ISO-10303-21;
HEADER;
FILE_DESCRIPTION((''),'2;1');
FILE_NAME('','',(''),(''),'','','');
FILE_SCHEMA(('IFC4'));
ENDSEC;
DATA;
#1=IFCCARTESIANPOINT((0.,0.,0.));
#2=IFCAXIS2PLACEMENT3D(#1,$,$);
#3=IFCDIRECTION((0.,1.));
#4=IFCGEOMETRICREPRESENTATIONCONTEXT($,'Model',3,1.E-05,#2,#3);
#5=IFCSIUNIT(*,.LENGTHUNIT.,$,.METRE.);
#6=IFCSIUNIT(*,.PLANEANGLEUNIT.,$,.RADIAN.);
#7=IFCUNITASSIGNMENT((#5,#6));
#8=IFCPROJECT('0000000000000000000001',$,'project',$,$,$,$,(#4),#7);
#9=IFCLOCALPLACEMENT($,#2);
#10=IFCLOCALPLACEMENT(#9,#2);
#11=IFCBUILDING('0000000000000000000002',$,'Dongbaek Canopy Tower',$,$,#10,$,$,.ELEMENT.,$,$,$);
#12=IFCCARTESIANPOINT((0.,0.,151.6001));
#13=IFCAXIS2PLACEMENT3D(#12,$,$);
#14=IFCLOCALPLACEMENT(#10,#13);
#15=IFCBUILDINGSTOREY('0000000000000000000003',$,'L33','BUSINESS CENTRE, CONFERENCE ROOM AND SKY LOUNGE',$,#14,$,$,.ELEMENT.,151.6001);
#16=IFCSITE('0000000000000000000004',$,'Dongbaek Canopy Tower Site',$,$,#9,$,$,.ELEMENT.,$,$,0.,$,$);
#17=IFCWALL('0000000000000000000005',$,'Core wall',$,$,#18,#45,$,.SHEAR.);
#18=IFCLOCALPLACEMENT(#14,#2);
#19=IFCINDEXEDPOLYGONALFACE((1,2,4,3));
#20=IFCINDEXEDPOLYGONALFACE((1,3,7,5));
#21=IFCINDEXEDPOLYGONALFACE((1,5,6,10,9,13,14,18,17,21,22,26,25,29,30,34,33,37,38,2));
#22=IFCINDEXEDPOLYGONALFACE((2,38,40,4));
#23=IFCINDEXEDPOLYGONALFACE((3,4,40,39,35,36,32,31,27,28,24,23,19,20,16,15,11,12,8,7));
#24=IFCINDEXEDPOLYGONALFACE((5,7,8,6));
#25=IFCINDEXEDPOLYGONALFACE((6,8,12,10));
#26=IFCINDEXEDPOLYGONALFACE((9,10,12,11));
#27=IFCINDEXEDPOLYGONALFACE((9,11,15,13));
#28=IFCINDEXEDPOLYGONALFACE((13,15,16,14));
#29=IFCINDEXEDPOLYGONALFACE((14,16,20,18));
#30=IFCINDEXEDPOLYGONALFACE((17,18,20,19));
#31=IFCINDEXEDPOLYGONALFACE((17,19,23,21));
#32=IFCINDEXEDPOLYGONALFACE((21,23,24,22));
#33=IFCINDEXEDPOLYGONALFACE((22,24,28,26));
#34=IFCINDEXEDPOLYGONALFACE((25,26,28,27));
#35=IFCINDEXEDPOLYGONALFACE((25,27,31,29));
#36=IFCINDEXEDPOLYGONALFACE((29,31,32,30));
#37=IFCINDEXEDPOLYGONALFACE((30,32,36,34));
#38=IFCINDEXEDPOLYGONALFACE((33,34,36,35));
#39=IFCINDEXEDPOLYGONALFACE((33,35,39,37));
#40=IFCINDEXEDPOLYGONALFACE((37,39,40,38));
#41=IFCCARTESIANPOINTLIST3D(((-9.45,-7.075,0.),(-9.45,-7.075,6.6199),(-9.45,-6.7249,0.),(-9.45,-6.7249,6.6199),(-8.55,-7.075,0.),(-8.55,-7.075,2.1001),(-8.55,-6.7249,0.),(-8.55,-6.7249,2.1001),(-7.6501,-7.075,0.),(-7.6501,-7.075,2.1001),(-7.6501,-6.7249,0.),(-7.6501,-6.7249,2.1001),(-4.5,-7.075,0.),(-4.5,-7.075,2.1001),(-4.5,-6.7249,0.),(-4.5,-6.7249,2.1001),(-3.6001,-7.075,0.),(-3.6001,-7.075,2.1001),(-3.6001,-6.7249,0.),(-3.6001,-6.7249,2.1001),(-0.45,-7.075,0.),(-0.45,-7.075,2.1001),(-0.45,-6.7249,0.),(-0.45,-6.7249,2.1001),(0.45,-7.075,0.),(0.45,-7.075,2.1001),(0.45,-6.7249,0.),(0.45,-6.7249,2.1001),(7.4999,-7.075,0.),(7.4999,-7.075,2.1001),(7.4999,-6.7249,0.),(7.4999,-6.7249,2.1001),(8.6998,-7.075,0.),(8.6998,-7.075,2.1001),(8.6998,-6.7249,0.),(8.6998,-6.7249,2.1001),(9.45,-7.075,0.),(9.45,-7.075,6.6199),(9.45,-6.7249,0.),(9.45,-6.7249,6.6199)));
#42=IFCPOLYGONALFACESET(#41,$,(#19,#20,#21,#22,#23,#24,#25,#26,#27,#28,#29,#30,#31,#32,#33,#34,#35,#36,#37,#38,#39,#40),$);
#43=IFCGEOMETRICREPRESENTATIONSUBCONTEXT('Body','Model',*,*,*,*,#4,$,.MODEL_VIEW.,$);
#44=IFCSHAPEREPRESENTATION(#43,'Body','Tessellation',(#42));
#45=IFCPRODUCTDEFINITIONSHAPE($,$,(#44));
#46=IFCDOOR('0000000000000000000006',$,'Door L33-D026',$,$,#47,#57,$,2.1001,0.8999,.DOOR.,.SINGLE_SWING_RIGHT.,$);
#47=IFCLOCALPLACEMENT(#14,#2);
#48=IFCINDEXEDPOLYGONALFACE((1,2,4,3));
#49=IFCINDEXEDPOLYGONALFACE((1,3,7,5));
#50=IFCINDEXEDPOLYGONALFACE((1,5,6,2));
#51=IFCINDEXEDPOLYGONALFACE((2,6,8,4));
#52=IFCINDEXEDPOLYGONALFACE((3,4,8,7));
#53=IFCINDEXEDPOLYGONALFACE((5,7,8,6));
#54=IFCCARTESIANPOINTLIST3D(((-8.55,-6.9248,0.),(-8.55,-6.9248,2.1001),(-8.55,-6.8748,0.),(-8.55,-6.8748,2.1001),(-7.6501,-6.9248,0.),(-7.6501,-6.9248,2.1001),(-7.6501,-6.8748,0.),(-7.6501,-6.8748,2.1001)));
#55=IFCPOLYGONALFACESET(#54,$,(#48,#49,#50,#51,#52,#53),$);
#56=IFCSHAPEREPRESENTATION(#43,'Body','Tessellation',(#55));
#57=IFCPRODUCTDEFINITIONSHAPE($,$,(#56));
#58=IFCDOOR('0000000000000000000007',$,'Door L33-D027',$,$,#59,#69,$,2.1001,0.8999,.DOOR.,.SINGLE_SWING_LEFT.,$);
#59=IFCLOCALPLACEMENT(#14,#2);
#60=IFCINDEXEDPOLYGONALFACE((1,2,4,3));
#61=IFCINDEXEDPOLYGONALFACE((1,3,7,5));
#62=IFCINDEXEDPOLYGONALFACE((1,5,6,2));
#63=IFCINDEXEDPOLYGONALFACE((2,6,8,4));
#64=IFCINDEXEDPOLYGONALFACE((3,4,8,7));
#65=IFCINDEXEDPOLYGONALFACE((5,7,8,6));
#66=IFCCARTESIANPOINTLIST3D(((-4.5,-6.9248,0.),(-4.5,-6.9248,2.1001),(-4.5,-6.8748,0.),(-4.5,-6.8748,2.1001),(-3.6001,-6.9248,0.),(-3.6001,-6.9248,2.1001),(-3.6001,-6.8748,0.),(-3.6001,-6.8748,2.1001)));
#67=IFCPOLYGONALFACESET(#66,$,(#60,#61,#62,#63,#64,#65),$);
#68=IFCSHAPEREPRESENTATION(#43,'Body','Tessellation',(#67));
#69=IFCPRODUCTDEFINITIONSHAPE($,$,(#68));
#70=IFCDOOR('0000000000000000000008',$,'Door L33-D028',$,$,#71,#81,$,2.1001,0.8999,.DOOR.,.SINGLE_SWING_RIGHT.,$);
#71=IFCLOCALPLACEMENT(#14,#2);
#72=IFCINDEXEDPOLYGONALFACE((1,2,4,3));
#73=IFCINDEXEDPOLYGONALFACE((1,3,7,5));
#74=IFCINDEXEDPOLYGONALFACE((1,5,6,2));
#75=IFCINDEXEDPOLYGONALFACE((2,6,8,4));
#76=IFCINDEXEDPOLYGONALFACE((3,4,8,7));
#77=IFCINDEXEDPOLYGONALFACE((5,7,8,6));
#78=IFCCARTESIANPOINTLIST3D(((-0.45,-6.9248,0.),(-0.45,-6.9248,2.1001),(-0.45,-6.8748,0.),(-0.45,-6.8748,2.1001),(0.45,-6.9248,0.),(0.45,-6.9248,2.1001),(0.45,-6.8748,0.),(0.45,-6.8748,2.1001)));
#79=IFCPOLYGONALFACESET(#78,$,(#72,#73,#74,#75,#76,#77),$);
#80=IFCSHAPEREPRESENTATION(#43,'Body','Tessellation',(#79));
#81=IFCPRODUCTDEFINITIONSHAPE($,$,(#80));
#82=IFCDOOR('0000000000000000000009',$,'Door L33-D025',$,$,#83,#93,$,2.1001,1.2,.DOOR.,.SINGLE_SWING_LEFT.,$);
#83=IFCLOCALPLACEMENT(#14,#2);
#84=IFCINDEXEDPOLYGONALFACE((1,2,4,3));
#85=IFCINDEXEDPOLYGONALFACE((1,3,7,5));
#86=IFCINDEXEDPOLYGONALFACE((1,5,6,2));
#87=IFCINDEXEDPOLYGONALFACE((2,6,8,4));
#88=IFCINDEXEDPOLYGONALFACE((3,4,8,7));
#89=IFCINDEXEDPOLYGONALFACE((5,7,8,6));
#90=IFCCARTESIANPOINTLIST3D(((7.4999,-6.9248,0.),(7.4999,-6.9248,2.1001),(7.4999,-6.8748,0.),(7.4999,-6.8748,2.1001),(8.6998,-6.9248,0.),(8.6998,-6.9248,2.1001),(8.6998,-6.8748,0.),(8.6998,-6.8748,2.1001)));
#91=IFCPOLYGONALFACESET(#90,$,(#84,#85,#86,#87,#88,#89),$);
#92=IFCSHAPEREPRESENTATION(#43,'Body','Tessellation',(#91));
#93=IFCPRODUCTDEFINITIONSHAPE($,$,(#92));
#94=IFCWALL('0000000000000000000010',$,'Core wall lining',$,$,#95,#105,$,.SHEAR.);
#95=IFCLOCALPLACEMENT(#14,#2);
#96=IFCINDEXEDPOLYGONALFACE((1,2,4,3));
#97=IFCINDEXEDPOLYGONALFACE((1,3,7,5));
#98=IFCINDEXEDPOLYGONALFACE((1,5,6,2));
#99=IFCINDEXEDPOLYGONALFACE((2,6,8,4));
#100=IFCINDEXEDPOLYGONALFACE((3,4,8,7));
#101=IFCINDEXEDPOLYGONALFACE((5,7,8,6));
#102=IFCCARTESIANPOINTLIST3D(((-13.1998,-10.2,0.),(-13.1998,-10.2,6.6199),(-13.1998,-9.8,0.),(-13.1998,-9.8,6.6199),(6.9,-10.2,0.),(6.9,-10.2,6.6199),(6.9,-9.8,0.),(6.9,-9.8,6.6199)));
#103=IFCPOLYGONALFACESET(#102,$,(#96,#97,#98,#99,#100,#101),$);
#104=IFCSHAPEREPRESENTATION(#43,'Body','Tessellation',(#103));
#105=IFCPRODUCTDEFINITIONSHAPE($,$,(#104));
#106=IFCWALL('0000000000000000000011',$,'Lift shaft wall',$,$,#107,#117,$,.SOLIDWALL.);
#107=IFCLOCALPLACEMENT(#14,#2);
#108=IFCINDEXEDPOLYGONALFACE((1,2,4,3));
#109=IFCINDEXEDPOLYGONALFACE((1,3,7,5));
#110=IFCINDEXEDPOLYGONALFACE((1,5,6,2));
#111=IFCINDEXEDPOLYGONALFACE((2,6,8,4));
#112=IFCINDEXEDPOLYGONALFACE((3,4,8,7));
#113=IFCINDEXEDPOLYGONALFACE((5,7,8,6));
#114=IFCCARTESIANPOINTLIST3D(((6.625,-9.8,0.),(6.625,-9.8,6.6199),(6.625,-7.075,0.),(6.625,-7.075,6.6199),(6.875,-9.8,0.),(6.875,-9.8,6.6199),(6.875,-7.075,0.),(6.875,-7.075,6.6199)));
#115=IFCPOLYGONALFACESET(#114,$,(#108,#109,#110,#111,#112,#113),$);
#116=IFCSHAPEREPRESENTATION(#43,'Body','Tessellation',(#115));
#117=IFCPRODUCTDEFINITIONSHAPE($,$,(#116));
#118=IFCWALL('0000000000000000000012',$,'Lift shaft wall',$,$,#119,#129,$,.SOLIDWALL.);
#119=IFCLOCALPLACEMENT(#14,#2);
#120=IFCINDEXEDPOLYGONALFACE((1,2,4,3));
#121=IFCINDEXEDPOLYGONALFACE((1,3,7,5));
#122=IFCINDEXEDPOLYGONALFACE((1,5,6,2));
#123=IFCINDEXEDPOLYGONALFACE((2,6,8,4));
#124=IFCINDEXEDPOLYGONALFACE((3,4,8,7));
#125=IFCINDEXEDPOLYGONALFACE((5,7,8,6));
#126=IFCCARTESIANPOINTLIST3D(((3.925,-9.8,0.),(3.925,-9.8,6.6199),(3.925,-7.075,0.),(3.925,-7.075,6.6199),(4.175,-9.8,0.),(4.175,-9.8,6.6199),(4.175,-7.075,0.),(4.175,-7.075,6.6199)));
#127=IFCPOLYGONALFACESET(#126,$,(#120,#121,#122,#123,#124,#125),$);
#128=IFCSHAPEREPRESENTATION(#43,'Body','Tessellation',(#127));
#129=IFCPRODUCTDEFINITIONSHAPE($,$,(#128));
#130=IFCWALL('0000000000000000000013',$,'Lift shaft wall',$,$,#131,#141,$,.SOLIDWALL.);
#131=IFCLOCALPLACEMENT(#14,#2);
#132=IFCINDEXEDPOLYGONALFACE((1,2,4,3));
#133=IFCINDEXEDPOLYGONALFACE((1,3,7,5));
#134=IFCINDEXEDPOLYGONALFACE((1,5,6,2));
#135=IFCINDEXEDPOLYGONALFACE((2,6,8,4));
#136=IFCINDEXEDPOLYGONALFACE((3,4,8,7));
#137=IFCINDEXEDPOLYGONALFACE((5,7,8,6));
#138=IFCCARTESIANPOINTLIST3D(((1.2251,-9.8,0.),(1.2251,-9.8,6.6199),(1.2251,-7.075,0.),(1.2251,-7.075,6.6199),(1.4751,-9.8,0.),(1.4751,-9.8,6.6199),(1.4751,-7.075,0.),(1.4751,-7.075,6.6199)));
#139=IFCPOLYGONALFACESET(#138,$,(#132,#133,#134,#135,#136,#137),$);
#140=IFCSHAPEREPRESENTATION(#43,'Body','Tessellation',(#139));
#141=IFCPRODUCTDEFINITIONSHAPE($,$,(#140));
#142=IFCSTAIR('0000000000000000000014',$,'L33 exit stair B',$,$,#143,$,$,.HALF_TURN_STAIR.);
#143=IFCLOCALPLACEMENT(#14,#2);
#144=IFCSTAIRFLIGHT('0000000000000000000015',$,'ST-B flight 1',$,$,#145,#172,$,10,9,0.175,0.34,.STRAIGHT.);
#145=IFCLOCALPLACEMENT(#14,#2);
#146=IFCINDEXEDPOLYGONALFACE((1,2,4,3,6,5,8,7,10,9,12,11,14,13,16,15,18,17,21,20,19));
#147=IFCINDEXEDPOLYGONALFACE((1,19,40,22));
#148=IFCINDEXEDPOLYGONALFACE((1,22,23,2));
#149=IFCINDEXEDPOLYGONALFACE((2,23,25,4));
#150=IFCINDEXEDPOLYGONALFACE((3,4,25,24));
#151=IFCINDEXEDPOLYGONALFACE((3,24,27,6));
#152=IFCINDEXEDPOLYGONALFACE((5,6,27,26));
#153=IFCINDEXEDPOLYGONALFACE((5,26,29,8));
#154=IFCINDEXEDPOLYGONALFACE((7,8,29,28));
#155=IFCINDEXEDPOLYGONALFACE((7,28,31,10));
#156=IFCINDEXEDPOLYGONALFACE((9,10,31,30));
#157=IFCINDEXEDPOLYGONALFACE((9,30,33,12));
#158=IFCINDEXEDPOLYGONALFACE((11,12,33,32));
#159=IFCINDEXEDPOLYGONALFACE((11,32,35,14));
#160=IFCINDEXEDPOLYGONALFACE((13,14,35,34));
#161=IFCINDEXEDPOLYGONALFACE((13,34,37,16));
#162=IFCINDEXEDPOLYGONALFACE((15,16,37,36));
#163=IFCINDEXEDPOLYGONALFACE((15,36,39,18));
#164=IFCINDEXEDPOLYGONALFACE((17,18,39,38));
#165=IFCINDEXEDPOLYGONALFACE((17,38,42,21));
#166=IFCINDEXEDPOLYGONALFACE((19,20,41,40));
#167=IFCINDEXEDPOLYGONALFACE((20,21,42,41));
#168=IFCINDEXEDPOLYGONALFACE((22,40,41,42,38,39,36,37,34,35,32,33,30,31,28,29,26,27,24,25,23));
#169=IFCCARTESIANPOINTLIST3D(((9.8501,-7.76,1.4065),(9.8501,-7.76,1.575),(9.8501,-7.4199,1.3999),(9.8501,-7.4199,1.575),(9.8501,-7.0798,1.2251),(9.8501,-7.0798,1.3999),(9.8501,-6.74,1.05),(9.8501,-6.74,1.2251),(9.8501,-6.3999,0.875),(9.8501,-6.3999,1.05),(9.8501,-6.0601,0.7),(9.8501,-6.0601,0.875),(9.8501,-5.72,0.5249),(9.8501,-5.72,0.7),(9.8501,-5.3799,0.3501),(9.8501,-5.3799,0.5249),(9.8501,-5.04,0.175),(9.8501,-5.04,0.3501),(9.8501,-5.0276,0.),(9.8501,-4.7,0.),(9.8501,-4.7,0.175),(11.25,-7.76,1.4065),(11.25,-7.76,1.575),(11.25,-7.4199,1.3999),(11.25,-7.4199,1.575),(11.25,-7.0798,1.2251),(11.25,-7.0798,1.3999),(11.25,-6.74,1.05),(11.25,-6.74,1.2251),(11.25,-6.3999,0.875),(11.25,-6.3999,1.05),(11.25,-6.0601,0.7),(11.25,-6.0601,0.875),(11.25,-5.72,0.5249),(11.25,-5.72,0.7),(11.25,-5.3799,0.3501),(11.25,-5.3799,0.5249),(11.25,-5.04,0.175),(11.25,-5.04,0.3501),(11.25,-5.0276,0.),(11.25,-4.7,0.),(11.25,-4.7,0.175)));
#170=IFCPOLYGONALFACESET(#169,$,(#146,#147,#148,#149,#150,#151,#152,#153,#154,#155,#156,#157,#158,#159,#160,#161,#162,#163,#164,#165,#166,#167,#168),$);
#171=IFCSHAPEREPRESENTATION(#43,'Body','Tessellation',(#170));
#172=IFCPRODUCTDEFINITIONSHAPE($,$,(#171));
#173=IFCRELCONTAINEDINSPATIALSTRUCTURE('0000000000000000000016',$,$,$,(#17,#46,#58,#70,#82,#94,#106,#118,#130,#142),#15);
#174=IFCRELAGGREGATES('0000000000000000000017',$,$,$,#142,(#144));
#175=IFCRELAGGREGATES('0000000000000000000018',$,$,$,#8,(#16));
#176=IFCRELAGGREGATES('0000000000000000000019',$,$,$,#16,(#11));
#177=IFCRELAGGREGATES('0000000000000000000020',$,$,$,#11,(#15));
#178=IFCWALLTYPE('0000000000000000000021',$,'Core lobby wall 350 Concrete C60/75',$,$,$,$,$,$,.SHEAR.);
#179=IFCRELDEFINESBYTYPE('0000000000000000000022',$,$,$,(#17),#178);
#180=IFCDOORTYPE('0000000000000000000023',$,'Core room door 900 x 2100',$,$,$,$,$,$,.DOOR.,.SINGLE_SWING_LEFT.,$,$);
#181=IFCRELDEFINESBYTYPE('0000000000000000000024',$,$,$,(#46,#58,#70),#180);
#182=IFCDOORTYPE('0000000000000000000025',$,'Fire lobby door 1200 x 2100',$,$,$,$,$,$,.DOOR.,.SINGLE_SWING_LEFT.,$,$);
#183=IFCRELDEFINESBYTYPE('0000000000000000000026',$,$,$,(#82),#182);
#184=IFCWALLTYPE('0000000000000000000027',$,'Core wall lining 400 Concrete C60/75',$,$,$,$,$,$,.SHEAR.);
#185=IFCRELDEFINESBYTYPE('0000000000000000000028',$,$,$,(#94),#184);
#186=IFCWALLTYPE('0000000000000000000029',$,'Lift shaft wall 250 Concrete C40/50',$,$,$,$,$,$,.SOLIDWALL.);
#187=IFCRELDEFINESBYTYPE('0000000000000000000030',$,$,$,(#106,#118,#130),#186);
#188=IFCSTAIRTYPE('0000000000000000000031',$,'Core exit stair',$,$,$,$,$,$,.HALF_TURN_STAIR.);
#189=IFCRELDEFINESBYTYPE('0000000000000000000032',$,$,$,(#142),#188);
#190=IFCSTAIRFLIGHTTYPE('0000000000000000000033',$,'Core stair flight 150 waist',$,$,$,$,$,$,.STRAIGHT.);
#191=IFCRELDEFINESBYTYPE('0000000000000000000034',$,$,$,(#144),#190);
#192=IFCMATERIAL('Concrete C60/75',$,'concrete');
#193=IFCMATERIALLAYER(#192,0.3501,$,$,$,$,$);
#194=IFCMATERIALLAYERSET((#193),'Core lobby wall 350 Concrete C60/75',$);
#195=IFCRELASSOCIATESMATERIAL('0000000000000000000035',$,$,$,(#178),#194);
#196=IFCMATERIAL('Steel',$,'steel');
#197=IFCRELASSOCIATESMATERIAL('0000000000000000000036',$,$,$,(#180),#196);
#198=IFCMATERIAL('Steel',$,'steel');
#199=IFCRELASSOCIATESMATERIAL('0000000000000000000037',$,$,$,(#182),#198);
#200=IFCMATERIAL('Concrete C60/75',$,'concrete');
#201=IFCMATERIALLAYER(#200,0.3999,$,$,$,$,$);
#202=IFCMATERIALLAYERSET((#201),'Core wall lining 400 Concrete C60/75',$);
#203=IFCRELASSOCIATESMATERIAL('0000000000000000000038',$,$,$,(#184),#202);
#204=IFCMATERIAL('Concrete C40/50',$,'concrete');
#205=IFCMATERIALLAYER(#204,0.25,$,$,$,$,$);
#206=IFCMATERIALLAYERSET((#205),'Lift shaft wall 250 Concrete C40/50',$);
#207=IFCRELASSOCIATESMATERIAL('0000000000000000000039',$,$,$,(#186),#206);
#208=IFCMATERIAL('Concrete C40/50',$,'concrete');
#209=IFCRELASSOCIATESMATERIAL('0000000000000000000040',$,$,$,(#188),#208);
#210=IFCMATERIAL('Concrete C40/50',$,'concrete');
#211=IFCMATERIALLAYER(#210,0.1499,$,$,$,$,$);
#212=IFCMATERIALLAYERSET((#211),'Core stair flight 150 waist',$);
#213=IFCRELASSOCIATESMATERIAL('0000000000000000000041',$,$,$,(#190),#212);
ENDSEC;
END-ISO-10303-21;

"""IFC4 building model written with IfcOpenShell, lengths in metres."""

from ifc_helpers import new_model, si_unit, direction, frame, frame_2d, origin, place, context, subcontext, project, spatial, polyline, rectangle, outline, extrude, material, layer, layer_set, type_object, element, fill, aggregate, save


model = new_model("IFC4")

# Units and contexts
model_context = context("Model", 3, precision=1e-05, world=origin(), true_north=direction((0.0, 1.0)))
body_context = subcontext(model_context, "Body", "Model", "MODEL_VIEW")
ifc_project = project(units=[si_unit("LENGTHUNIT", "METRE"), si_unit("PLANEANGLEUNIT", "RADIAN")], contexts=[model_context])

# Site, building, storey
site_placement = place(None, origin())
site = spatial("IfcSite", under=ifc_project, at=site_placement, Name="Dongbaek Canopy Tower Site", CompositionType="ELEMENT", RefElevation=0.0)
building_placement = place(site_placement, origin())
building = spatial("IfcBuilding", under=site, at=building_placement, Name="Dongbaek Canopy Tower", CompositionType="ELEMENT")
storey_placement = place(building_placement, frame((0.0, 0.0, 151.6001)))
storey = spatial("IfcBuildingStorey", under=building, at=storey_placement, Name="L33", Description="BUSINESS CENTRE, CONFERENCE ROOM AND SKY LOUNGE", CompositionType="ELEMENT", Elevation=151.6001)

# Wall, openings, doors
ifc_material_1 = material(Name="Concrete C60/75", Category="concrete")
ifc_layer_1 = layer(ifc_material_1, 0.3501)
ifc_layer_set_1 = layer_set([ifc_layer_1], Name="Core lobby wall 350 Concrete C60/75")
wall_type_1 = type_object("IfcWallType", Name="Core lobby wall 350 Concrete C60/75", PredefinedType="SHEAR", material=ifc_layer_set_1)
wall_1_placement = place(storey_placement, frame((9.45, -6.8999, 0.0), z_axis=(0.0, 0.0, 1.0), x_axis=(-1.0, 0.0, 0.0)))
wall_1 = element("IfcWall", 1, at=wall_1_placement, inside=storey, type_object=wall_type_1, Name="Core wall", PredefinedType="SHEAR", context=body_context, shape_type="SweptSolid", body=[
    extrude(rectangle(XDim=18.8999, YDim=0.3501, at=frame_2d((9.45, 0.0))), origin(), (0.0, 0.0, 1.0), 6.6199),
])
opening_1_placement = place(wall_1_placement, frame((0.75, 0.0, 0.0)))
opening_1 = element("IfcOpeningElement", 2, at=opening_1_placement, cuts=wall_1, PredefinedType="OPENING", context=body_context, shape_type="SweptSolid", body=[
    extrude(rectangle(XDim=1.2, YDim=2.1001, at=frame_2d((0.6001, 1.05))), frame((0.0, 0.1851, 0.0), z_axis=(0.0, -1.0, 0.0), x_axis=(1.0, 0.0, 0.0)), (0.0, 0.0, 1.0), 0.3701),
])
opening_2_placement = place(wall_1_placement, frame((17.1001, 0.0, 0.0)))
opening_2 = element("IfcOpeningElement", 3, at=opening_2_placement, cuts=wall_1, PredefinedType="OPENING", context=body_context, shape_type="SweptSolid", body=[
    extrude(rectangle(XDim=0.8999, YDim=2.1001, at=frame_2d((0.45, 1.05))), frame((0.0, 0.1851, 0.0), z_axis=(0.0, -1.0, 0.0), x_axis=(1.0, 0.0, 0.0)), (0.0, 0.0, 1.0), 0.3701),
])
opening_3_placement = place(wall_1_placement, frame((13.05, 0.0, 0.0)))
opening_3 = element("IfcOpeningElement", 4, at=opening_3_placement, cuts=wall_1, PredefinedType="OPENING", context=body_context, shape_type="SweptSolid", body=[
    extrude(rectangle(XDim=0.8999, YDim=2.1001, at=frame_2d((0.45, 1.05))), frame((0.0, 0.1851, 0.0), z_axis=(0.0, -1.0, 0.0), x_axis=(1.0, 0.0, 0.0)), (0.0, 0.0, 1.0), 0.3701),
])
opening_4_placement = place(wall_1_placement, frame((9.0, 0.0, 0.0)))
opening_4 = element("IfcOpeningElement", 5, at=opening_4_placement, cuts=wall_1, PredefinedType="OPENING", context=body_context, shape_type="SweptSolid", body=[
    extrude(rectangle(XDim=0.8999, YDim=2.1001, at=frame_2d((0.45, 1.05))), frame((0.0, 0.1851, 0.0), z_axis=(0.0, -1.0, 0.0), x_axis=(1.0, 0.0, 0.0)), (0.0, 0.0, 1.0), 0.3701),
])
ifc_material_2 = material(Name="Steel", Category="steel")
door_type_1 = type_object("IfcDoorType", Name="Core room door 900 x 2100", OperationType="SINGLE_SWING_LEFT", PredefinedType="DOOR", material=ifc_material_2)
door_1_placement = place(opening_2_placement, origin())
door_1 = element("IfcDoor", 6, at=door_1_placement, inside=storey, type_object=door_type_1, Name="Door L33-D026", OperationType="SINGLE_SWING_RIGHT", OverallHeight=2.1001, OverallWidth=0.8999, PredefinedType="DOOR", context=body_context, shape_type="SweptSolid", body=[
    extrude(rectangle(XDim=0.8999, YDim=2.1001, at=frame_2d((0.45, 1.05))), frame((0.0, 0.0249, 0.0), z_axis=(0.0, -1.0, 0.0), x_axis=(1.0, 0.0, 0.0)), (0.0, 0.0, 1.0), 0.05),
])
fill(opening_2, door_1)
door_2_placement = place(opening_3_placement, origin())
door_2 = element("IfcDoor", 7, at=door_2_placement, inside=storey, type_object=door_type_1, Name="Door L33-D027", OperationType="SINGLE_SWING_LEFT", OverallHeight=2.1001, OverallWidth=0.8999, PredefinedType="DOOR", context=body_context, shape_type="SweptSolid", body=[
    extrude(rectangle(XDim=0.8999, YDim=2.1001, at=frame_2d((0.45, 1.05))), frame((0.0, 0.0249, 0.0), z_axis=(0.0, -1.0, 0.0), x_axis=(1.0, 0.0, 0.0)), (0.0, 0.0, 1.0), 0.05),
])
fill(opening_3, door_2)
door_3_placement = place(opening_4_placement, origin())
door_3 = element("IfcDoor", 8, at=door_3_placement, inside=storey, type_object=door_type_1, Name="Door L33-D028", OperationType="SINGLE_SWING_RIGHT", OverallHeight=2.1001, OverallWidth=0.8999, PredefinedType="DOOR", context=body_context, shape_type="SweptSolid", body=[
    extrude(rectangle(XDim=0.8999, YDim=2.1001, at=frame_2d((0.45, 1.05))), frame((0.0, 0.0249, 0.0), z_axis=(0.0, -1.0, 0.0), x_axis=(1.0, 0.0, 0.0)), (0.0, 0.0, 1.0), 0.05),
])
fill(opening_4, door_3)
ifc_material_3 = material(Name="Steel", Category="steel")
door_type_2 = type_object("IfcDoorType", Name="Fire lobby door 1200 x 2100", OperationType="SINGLE_SWING_LEFT", PredefinedType="DOOR", material=ifc_material_3)
door_4_placement = place(opening_1_placement, origin())
door_4 = element("IfcDoor", 9, at=door_4_placement, inside=storey, type_object=door_type_2, Name="Door L33-D025", OperationType="SINGLE_SWING_LEFT", OverallHeight=2.1001, OverallWidth=1.2, PredefinedType="DOOR", context=body_context, shape_type="SweptSolid", body=[
    extrude(rectangle(XDim=1.2, YDim=2.1001, at=frame_2d((0.6001, 1.05))), frame((0.0, 0.0249, 0.0), z_axis=(0.0, -1.0, 0.0), x_axis=(1.0, 0.0, 0.0)), (0.0, 0.0, 1.0), 0.05),
])
fill(opening_1, door_4)

# Walls
ifc_material_4 = material(Name="Concrete C60/75", Category="concrete")
ifc_layer_2 = layer(ifc_material_4, 0.3999)
ifc_layer_set_2 = layer_set([ifc_layer_2], Name="Core wall lining 400 Concrete C60/75")
wall_type_2 = type_object("IfcWallType", Name="Core wall lining 400 Concrete C60/75", PredefinedType="SHEAR", material=ifc_layer_set_2)
wall_2_placement = place(storey_placement, frame((6.8999, -10.0, 0.0), z_axis=(0.0, 0.0, 1.0), x_axis=(-1.0, 0.0, 0.0)))
element("IfcWall", 10, at=wall_2_placement, inside=storey, type_object=wall_type_2, Name="Core wall lining", PredefinedType="SHEAR", context=body_context, shape_type="SweptSolid", body=[
    extrude(rectangle(XDim=20.0999, YDim=0.3999, at=frame_2d((10.0498, 0.0))), origin(), (0.0, 0.0, 1.0), 6.6199),
])
ifc_material_5 = material(Name="Concrete C40/50", Category="concrete")
ifc_layer_3 = layer(ifc_material_5, 0.25)
ifc_layer_set_3 = layer_set([ifc_layer_3], Name="Lift shaft wall 250 Concrete C40/50")
wall_type_3 = type_object("IfcWallType", Name="Lift shaft wall 250 Concrete C40/50", PredefinedType="SOLIDWALL", material=ifc_layer_set_3)
for number, where, z_axis, x_axis, name in (
    (11, (6.75, -9.8, 0.0), (0.0, 0.0, 1.0), (0.0, 1.0, 0.0), "Lift shaft wall"),
    (12, (4.05, -9.8, 0.0), (0.0, 0.0, 1.0), (0.0, 1.0, 0.0), "Lift shaft wall"),
    (13, (1.3501, -9.8, 0.0), (0.0, 0.0, 1.0), (0.0, 1.0, 0.0), "Lift shaft wall"),
):
    element("IfcWall", number, at=place(storey_placement, frame(where, z_axis=z_axis, x_axis=x_axis)), inside=storey, type_object=wall_type_3, Name=name, PredefinedType="SOLIDWALL", context=body_context, shape_type="SweptSolid", body=[
        extrude(rectangle(XDim=2.7251, YDim=0.25, at=frame_2d((1.3625, 0.0))), origin(), (0.0, 0.0, 1.0), 6.6199),
    ])

# Stair, stair flight
ifc_material_6 = material(Name="Concrete C40/50", Category="concrete")
stair_type = type_object("IfcStairType", Name="Core exit stair", PredefinedType="HALF_TURN_STAIR", material=ifc_material_6)
stair_placement = place(storey_placement, origin())
stair = element("IfcStair", 14, at=stair_placement, inside=storey, type_object=stair_type, Name="L33 exit stair B", PredefinedType="HALF_TURN_STAIR")
ifc_material_7 = material(Name="Concrete C40/50", Category="concrete")
ifc_layer_4 = layer(ifc_material_7, 0.1499)
ifc_layer_set_4 = layer_set([ifc_layer_4], Name="Core stair flight 150 waist")
stair_flight_type = type_object("IfcStairFlightType", Name="Core stair flight 150 waist", PredefinedType="STRAIGHT", material=ifc_layer_set_4)
stair_flight_1_placement = place(storey_placement, frame((10.55, -4.7, 0.0), z_axis=(0.0, 0.0, 1.0), x_axis=(0.0, -1.0, 0.0)))
stair_flight_1 = element("IfcStairFlight", 15, at=stair_flight_1_placement, type_object=stair_flight_type, Name="ST-B flight 1", NumberOfRisers=10, NumberOfTreads=9, PredefinedType="STRAIGHT", RiserHeight=0.175, TreadLength=0.34, context=body_context, shape_type="SweptSolid", body=[
    extrude(outline(polyline([(0.0, 0.0), (0.0, 0.175), (0.3401, 0.175), (0.3401, 0.3501), (0.6799, 0.3501), (0.6799, 0.5249), (1.02, 0.5249), (1.02, 0.7), (1.3601, 0.7), (1.3601, 0.875), (1.7, 0.875), (1.7, 1.05), (2.04, 1.05), (2.04, 1.2251), (2.3799, 1.2251), (2.3799, 1.3999), (2.72, 1.3999), (2.72, 1.575), (3.0601, 1.575), (3.0601, 1.75), (3.0601, 1.4065), (0.3276, 0.0), (0.0, 0.0)])), frame((0.0, 0.7, 0.0), z_axis=(0.0, -1.0, 0.0), x_axis=(1.0, 0.0, 0.0)), (0.0, 0.0, 1.0), 1.3999),
])
aggregate(stair, [stair_flight_1])

save(model, "model.ifc")
